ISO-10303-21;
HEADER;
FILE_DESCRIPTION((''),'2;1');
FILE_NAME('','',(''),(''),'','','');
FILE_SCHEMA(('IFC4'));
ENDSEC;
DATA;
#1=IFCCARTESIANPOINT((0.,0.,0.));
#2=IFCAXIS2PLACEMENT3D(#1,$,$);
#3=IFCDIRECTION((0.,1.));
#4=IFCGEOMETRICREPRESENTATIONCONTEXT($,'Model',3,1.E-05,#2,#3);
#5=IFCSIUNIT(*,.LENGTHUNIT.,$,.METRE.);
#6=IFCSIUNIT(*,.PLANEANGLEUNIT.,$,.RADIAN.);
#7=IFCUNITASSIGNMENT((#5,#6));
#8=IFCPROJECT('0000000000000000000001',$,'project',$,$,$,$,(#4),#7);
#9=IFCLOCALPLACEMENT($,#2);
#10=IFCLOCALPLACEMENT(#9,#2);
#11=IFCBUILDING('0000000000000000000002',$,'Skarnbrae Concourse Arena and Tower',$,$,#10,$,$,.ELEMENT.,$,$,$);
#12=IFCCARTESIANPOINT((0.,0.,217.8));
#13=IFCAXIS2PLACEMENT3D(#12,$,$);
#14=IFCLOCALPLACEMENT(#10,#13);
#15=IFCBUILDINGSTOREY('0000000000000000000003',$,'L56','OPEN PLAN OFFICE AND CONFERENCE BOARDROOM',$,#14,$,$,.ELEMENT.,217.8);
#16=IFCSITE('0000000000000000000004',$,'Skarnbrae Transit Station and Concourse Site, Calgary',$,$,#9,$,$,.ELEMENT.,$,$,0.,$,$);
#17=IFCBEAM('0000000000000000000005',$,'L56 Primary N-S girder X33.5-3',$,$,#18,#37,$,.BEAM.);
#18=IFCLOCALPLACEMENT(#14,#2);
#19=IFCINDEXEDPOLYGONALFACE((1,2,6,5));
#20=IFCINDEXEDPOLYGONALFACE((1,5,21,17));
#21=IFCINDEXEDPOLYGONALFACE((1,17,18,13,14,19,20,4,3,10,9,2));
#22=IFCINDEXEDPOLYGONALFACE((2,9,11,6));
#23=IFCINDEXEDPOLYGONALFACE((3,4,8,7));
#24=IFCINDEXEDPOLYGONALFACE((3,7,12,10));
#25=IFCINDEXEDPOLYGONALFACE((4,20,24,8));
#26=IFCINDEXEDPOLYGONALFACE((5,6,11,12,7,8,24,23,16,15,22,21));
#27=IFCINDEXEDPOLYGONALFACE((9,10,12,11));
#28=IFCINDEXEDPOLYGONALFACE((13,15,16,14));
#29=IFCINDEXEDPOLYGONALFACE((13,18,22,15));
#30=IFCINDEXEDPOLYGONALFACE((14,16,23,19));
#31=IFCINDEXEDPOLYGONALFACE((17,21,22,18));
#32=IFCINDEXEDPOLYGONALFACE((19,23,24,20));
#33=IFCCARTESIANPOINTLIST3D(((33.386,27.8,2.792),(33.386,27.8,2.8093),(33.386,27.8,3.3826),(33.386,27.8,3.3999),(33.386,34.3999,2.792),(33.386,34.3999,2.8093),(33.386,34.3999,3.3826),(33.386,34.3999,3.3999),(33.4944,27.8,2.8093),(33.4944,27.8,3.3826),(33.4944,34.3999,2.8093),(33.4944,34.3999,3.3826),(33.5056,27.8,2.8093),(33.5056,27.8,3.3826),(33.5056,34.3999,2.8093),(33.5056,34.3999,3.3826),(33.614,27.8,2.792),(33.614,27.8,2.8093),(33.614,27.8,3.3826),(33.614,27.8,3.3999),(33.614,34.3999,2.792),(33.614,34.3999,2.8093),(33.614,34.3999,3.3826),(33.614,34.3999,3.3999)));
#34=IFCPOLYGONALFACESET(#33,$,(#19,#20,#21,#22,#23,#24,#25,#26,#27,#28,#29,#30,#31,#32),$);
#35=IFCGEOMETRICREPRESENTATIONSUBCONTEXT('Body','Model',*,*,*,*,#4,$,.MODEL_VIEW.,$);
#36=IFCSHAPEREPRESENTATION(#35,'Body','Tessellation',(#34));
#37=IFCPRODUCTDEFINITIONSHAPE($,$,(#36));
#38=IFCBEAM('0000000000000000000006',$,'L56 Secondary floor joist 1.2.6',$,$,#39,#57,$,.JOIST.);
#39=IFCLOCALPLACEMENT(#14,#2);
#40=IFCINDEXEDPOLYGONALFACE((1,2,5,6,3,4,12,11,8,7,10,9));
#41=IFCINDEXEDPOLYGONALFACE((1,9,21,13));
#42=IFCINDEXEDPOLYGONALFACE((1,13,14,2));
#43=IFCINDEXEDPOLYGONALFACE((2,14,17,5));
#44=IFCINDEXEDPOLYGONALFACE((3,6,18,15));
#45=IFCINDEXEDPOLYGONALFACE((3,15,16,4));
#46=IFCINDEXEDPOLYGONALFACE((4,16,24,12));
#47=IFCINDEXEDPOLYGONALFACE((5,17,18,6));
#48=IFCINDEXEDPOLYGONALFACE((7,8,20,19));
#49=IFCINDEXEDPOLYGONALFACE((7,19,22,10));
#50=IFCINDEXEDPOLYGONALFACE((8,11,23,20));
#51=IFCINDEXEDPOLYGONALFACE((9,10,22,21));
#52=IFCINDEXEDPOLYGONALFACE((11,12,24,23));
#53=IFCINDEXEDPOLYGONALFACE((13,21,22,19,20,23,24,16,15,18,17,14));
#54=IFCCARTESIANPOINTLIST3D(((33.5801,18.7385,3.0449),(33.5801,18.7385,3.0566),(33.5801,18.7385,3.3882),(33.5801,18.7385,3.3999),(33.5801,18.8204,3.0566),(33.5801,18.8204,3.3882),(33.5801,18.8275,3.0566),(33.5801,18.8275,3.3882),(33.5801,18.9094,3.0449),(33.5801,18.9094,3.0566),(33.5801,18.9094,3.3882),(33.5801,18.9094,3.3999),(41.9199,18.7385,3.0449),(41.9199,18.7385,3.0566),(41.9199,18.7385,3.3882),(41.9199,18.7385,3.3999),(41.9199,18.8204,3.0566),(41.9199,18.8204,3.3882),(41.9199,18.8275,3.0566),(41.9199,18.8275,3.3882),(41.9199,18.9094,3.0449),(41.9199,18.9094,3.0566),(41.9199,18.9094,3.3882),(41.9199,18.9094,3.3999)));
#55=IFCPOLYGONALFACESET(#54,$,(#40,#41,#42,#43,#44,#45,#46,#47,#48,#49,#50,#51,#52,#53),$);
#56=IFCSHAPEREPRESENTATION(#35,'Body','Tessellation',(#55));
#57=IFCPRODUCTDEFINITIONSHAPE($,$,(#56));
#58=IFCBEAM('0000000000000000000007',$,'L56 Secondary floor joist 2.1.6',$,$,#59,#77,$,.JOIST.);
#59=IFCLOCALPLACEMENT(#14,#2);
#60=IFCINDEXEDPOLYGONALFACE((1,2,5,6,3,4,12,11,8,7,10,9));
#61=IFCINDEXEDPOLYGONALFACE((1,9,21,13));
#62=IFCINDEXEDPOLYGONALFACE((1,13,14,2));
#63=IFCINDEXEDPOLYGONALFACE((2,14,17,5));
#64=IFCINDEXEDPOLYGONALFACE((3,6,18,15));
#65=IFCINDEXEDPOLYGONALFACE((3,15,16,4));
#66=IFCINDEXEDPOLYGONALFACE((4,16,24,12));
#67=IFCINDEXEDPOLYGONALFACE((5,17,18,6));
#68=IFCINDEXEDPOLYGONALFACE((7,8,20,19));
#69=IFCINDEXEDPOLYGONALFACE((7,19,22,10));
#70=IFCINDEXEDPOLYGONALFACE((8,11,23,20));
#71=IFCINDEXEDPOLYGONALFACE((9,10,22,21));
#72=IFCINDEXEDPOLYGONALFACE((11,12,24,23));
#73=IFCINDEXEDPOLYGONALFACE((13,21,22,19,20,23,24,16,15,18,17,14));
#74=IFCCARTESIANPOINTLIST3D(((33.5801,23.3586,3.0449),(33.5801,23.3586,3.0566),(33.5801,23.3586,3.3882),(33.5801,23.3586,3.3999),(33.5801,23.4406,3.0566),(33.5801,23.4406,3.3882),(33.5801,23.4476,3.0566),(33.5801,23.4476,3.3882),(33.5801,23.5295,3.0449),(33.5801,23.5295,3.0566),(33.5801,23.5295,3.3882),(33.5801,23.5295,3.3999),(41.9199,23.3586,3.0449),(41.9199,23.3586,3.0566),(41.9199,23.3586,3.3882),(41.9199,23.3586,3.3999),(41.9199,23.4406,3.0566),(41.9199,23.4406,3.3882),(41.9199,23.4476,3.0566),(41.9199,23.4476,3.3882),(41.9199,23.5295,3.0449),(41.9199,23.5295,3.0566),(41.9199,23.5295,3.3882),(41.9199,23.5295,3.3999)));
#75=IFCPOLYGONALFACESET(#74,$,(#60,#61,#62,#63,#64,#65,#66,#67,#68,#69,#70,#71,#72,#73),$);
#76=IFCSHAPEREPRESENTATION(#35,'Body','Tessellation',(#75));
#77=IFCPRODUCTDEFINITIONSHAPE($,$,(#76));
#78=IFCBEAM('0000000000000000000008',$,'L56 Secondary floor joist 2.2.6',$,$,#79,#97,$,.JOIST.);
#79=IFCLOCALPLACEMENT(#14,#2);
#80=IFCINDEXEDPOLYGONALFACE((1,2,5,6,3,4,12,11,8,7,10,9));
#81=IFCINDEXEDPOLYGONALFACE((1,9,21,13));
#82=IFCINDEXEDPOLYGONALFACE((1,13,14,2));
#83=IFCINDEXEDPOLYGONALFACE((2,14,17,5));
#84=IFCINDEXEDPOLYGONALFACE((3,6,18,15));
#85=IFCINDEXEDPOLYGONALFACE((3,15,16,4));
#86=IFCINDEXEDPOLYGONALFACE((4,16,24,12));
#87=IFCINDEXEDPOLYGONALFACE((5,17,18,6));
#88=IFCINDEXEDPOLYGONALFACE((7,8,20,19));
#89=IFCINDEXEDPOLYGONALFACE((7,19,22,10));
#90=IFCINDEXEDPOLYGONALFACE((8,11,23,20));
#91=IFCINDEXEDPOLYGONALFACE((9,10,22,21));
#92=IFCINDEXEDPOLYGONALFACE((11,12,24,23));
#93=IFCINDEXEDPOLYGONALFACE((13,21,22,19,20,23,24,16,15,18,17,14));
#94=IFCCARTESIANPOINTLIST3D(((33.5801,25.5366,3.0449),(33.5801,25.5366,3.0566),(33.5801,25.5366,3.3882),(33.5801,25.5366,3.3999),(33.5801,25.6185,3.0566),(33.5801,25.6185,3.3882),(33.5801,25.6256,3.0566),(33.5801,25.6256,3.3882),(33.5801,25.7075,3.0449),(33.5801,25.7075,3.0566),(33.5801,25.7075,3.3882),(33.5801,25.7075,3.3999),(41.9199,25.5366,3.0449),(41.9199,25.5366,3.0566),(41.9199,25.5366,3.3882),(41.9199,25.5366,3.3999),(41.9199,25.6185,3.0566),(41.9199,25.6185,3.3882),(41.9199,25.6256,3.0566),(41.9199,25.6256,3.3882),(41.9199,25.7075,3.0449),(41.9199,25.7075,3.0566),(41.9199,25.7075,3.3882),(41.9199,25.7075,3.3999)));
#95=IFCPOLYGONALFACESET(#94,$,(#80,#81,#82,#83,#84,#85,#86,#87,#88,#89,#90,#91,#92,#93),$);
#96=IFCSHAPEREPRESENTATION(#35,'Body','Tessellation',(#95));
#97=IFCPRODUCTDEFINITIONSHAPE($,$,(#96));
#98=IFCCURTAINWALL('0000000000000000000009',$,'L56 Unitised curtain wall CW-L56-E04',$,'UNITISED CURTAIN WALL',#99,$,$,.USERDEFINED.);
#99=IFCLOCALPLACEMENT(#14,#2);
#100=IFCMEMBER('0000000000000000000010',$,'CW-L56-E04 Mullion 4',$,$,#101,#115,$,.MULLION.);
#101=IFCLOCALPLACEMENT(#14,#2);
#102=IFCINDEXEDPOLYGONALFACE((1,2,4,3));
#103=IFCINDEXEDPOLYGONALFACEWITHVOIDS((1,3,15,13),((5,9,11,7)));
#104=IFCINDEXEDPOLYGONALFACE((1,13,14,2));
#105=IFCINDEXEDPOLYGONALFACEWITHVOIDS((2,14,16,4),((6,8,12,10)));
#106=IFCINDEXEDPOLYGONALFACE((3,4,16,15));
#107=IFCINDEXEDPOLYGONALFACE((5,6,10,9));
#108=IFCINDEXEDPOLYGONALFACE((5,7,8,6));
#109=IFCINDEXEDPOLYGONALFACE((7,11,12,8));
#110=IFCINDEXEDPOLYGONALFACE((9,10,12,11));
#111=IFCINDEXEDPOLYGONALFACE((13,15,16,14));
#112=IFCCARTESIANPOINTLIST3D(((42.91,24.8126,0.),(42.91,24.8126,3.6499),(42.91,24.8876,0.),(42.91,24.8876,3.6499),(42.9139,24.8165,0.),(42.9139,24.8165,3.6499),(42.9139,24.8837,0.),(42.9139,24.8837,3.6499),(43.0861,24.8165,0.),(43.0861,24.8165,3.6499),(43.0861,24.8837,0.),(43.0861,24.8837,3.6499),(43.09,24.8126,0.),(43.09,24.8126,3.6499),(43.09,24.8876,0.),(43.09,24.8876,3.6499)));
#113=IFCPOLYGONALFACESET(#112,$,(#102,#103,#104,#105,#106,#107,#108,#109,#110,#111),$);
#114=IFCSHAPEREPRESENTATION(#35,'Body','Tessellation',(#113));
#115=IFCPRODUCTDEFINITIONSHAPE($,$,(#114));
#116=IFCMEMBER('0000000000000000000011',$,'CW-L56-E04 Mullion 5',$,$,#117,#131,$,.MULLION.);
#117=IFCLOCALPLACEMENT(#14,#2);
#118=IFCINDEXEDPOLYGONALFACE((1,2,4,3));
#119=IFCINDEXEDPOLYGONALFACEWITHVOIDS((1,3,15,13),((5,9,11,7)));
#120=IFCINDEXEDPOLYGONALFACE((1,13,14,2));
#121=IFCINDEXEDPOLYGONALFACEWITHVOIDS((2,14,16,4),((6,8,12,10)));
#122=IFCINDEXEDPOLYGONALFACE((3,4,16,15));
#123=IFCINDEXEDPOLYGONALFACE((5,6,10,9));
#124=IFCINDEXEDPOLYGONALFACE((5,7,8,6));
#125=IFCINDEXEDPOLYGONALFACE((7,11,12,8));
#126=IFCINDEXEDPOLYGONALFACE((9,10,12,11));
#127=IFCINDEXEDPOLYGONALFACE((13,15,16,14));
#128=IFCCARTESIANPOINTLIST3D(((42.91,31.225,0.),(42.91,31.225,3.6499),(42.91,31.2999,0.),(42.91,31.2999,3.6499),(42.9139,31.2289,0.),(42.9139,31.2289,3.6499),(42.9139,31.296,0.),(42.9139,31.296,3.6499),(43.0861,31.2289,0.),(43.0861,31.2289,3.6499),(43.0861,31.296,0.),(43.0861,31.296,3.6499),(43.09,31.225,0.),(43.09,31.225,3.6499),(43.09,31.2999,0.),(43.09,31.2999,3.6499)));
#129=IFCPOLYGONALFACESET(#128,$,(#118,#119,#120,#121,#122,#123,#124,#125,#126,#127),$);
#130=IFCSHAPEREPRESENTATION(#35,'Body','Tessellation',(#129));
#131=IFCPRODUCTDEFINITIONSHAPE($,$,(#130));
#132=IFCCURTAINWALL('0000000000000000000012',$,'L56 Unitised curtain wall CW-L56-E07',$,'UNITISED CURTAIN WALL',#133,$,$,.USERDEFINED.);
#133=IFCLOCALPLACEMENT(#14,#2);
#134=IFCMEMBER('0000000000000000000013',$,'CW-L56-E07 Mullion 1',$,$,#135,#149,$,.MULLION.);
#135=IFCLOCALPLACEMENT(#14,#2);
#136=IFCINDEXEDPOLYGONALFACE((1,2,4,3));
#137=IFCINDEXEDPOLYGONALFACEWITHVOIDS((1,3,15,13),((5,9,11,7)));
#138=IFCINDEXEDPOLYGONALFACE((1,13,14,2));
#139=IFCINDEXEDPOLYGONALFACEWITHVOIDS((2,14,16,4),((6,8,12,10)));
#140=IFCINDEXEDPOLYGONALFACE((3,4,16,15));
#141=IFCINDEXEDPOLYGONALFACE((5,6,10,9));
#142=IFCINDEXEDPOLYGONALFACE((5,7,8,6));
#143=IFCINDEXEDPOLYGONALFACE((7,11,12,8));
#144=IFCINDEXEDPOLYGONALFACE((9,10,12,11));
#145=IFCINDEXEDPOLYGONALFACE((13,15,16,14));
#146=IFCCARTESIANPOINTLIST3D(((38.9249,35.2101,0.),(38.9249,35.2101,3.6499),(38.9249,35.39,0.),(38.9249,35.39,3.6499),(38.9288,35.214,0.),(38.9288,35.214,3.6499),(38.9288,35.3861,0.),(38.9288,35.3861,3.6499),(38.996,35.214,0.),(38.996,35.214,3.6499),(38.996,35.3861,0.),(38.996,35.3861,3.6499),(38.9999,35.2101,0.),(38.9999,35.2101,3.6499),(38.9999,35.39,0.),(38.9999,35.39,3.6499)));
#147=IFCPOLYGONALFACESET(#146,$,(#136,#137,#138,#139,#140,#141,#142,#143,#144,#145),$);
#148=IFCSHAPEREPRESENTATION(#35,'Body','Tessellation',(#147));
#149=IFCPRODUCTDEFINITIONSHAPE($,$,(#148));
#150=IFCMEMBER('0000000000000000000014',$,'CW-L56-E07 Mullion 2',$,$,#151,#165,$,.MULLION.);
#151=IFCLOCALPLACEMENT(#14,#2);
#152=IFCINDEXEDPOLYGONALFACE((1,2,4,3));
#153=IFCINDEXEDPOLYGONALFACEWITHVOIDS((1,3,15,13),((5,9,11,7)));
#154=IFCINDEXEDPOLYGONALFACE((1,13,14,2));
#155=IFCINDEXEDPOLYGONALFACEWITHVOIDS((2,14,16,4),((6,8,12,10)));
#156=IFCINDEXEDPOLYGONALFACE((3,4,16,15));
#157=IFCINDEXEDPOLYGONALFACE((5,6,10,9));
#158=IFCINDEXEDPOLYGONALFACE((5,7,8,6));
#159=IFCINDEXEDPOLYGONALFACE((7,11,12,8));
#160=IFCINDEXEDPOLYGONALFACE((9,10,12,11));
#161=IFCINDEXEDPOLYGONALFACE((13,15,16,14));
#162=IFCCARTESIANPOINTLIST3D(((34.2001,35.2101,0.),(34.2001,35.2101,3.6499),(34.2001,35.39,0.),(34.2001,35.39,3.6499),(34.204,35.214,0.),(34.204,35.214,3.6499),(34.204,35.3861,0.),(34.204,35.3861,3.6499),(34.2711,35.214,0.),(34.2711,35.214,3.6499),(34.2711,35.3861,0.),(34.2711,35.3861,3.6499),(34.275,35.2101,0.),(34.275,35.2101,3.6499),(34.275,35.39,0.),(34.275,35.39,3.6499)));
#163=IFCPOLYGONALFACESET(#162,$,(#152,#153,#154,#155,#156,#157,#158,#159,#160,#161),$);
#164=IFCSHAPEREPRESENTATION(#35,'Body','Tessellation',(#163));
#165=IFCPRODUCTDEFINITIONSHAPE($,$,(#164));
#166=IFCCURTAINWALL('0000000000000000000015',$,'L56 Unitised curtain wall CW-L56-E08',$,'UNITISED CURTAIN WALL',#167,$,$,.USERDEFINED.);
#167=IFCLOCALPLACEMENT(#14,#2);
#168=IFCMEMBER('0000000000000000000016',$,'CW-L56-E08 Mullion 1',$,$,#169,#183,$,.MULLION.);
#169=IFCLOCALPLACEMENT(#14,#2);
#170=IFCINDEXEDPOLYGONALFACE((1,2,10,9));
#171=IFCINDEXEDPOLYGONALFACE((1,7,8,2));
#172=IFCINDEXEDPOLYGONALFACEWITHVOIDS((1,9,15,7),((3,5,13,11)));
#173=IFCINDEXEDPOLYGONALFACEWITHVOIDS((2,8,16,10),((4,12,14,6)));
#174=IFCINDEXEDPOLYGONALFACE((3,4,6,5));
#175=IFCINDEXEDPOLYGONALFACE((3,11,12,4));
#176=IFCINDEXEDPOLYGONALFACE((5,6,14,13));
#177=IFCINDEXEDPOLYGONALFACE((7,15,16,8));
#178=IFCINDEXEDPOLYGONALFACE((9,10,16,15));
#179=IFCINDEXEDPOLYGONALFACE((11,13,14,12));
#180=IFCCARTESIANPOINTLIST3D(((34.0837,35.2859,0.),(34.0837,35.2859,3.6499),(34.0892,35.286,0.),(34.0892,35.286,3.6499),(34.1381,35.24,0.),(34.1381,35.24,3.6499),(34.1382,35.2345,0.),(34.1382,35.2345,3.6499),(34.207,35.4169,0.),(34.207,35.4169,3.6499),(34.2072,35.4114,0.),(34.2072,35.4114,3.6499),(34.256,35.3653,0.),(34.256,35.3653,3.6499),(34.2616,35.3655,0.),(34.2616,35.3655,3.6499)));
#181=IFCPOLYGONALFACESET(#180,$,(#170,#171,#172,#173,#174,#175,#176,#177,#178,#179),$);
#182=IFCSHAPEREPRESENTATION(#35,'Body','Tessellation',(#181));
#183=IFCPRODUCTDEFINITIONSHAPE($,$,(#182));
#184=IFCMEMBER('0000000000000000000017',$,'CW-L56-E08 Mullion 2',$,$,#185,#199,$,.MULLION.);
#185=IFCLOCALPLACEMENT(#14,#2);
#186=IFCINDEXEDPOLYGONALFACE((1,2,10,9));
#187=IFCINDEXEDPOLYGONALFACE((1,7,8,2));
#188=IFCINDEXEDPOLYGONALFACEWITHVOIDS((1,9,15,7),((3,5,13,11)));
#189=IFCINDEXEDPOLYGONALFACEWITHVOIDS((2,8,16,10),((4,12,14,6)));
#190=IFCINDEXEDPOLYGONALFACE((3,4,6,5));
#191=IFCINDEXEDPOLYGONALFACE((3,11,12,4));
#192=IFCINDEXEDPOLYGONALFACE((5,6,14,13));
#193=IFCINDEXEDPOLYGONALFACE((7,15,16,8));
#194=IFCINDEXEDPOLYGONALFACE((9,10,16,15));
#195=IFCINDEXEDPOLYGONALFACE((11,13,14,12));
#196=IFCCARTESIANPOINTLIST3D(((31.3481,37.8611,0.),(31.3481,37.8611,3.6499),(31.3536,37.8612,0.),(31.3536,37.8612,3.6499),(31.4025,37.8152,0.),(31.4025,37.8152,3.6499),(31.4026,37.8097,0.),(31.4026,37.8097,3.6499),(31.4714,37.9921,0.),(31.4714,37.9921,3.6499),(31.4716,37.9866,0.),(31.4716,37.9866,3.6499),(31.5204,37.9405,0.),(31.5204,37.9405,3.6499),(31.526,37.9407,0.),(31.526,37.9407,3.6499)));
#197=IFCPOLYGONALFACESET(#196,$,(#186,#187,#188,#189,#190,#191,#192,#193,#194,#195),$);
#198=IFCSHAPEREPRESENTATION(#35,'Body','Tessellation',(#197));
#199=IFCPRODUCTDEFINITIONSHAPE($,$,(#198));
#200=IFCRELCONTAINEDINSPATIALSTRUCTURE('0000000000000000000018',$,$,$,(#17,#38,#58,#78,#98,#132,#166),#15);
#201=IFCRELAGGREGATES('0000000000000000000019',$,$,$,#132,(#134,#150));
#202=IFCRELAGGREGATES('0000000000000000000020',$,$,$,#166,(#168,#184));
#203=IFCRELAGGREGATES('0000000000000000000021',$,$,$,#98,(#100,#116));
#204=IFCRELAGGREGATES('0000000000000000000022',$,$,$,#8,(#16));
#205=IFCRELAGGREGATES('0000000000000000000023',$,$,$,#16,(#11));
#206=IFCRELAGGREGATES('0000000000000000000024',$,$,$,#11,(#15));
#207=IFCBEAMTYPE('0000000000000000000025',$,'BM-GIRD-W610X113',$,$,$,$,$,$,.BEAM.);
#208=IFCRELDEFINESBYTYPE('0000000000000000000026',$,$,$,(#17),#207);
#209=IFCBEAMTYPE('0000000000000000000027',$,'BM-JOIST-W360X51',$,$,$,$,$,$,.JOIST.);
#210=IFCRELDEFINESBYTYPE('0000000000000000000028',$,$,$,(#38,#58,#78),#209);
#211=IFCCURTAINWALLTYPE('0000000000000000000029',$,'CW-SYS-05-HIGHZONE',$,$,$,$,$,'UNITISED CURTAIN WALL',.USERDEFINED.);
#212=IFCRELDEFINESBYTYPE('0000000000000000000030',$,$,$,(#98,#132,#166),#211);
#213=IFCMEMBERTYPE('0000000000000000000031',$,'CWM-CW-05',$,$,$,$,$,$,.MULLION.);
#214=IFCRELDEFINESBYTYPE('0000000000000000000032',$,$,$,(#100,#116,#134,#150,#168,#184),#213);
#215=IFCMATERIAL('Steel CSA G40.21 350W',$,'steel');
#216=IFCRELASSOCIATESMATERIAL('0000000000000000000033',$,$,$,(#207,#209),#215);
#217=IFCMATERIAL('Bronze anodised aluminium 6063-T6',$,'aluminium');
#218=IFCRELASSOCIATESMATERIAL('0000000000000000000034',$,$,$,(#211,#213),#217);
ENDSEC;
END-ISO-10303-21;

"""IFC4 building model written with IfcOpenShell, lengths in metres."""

from ifc_helpers import new_model, si_unit, direction, frame, origin, origin_2d, place, context, subcontext, project, spatial, hollow_rectangle, i_section, extrude, source, transform, mapped, material, material_profile, profile_set, type_object, element, aggregate, save


model = new_model("IFC4")

# Units and contexts
model_context = context("Model", 3, precision=1e-05, world=origin(), true_north=direction((0.0, 1.0)))
body_context = subcontext(model_context, "Body", "Model", "MODEL_VIEW")
ifc_project = project(units=[si_unit("LENGTHUNIT", "METRE"), si_unit("PLANEANGLEUNIT", "RADIAN")], contexts=[model_context])

# Site, building, storey
site_placement = place(None, origin())
site = spatial("IfcSite", under=ifc_project, at=site_placement, Name="Skarnbrae Transit Station and Concourse Site, Calgary", CompositionType="ELEMENT", RefElevation=0.0)
building_placement = place(site_placement, origin())
building = spatial("IfcBuilding", under=site, at=building_placement, Name="Skarnbrae Concourse Arena and Tower", CompositionType="ELEMENT")
storey_placement = place(building_placement, frame((0.0, 0.0, 217.8)))
storey = spatial("IfcBuildingStorey", under=building, at=storey_placement, Name="L56", Description="OPEN PLAN OFFICE AND CONFERENCE BOARDROOM", CompositionType="ELEMENT", Elevation=217.8)

# Shared definitions
ifc_material_1 = material(Name="Steel CSA G40.21 350W", Category="steel")

# Beams
ifc_material_profile_1 = material_profile(ifc_material_1, i_section(OverallWidth=0.228, OverallDepth=0.6079, WebThickness=0.0112, FlangeThickness=0.0173, at=origin_2d()), Name="W610X113")
ifc_profile_set_1 = profile_set([ifc_material_profile_1], Name="Steel CSA G40.21 350W")
beam_type_1 = type_object("IfcBeamType", Name="BM-GIRD-W610X113", PredefinedType="BEAM", material=ifc_profile_set_1)
shared_shape_1 = source(origin(), body_context, "Body", "SweptSolid", [
    extrude(i_section(OverallWidth=0.228, OverallDepth=0.6079, WebThickness=0.0112, FlangeThickness=0.0173, at=origin_2d()), origin(), (0.0, 0.0, 1.0), 6.5999),
])
beam_1_placement = place(storey_placement, frame((33.5, 27.8, 3.0959), z_axis=(0.0, 1.0, 0.0), x_axis=(-1.0, 0.0, 0.0)))
element("IfcBeam", 1, at=beam_1_placement, inside=storey, type_object=beam_type_1, Name="L56 Primary N-S girder X33.5-3", PredefinedType="BEAM", context=body_context, shape_type="MappedRepresentation", body=[
    mapped(shared_shape_1, transform((0.0, 0.0, 0.0))),
])
ifc_material_profile_2 = material_profile(ifc_material_1, i_section(OverallWidth=0.1709, OverallDepth=0.355, WebThickness=0.0071, FlangeThickness=0.0117, at=origin_2d()), Name="W360X51")
ifc_profile_set_2 = profile_set([ifc_material_profile_2], Name="Steel CSA G40.21 350W")
beam_type_2 = type_object("IfcBeamType", Name="BM-JOIST-W360X51", PredefinedType="JOIST", material=ifc_profile_set_2)
shared_shape_2 = source(origin(), body_context, "Body", "SweptSolid", [
    extrude(i_section(OverallWidth=0.1709, OverallDepth=0.355, WebThickness=0.0071, FlangeThickness=0.0117, at=origin_2d()), origin(), (0.0, 0.0, 1.0), 8.3398),
])
for number, where, z_axis, x_axis, name in (
    (2, (33.5801, 18.824, 3.2224), (1.0, 0.0, 0.0), (0.0, 1.0, 0.0), "L56 Secondary floor joist 1.2.6"),
    (3, (33.5801, 23.4441, 3.2224), (1.0, 0.0, 0.0), (0.0, 1.0, 0.0), "L56 Secondary floor joist 2.1.6"),
    (4, (33.5801, 25.6221, 3.2224), (1.0, 0.0, 0.0), (0.0, 1.0, 0.0), "L56 Secondary floor joist 2.2.6"),
):
    element("IfcBeam", number, at=place(storey_placement, frame(where, z_axis=z_axis, x_axis=x_axis)), inside=storey, type_object=beam_type_2, Name=name, PredefinedType="JOIST", context=body_context, shape_type="MappedRepresentation", body=[
        mapped(shared_shape_2, transform((0.0, 0.0, 0.0))),
    ])

# Curtain walls, members
ifc_material_2 = material(Name="Bronze anodised aluminium 6063-T6", Category="aluminium")
curtain_wall_type = type_object("IfcCurtainWallType", Name="CW-SYS-05-HIGHZONE", ElementType="UNITISED CURTAIN WALL", PredefinedType="USERDEFINED", material=ifc_material_2)
curtain_wall_1_placement = place(storey_placement, origin())
curtain_wall_1 = element("IfcCurtainWall", 5, at=curtain_wall_1_placement, inside=storey, type_object=curtain_wall_type, Name="L56 Unitised curtain wall CW-L56-E04", ObjectType="UNITISED CURTAIN WALL", PredefinedType="USERDEFINED")
ifc_material_profile_3 = material_profile(ifc_material_2, hollow_rectangle(XDim=0.075, YDim=0.1799, WallThickness=0.0039, at=origin_2d()), Name="ALU-MULL-75X180")
ifc_profile_set_3 = profile_set([ifc_material_profile_3], Name="Bronze anodised aluminium 6063-T6")
member_type_1 = type_object("IfcMemberType", Name="CWM-CW-05", PredefinedType="MULLION", material=ifc_profile_set_3)
shared_shape_3 = source(origin(), body_context, "Body", "SweptSolid", [
    extrude(hollow_rectangle(XDim=0.075, YDim=0.1799, WallThickness=0.0039, at=origin_2d()), origin(), (0.0, 0.0, 1.0), 3.6499),
])
member_1_placement = place(storey_placement, frame((43.0, 24.8501, 0.0), z_axis=(0.0, 0.0, 1.0), x_axis=(0.0, 1.0, 0.0)))
member_1 = element("IfcMember", 6, at=member_1_placement, type_object=member_type_1, Name="CW-L56-E04 Mullion 4", PredefinedType="MULLION", context=body_context, shape_type="MappedRepresentation", body=[
    mapped(shared_shape_3, transform((0.0, 0.0, 0.0))),
])
member_2_placement = place(storey_placement, frame((43.0, 31.2625, 0.0), z_axis=(0.0, 0.0, 1.0), x_axis=(0.0, 1.0, 0.0)))
member_2 = element("IfcMember", 7, at=member_2_placement, type_object=member_type_1, Name="CW-L56-E04 Mullion 5", PredefinedType="MULLION", context=body_context, shape_type="MappedRepresentation", body=[
    mapped(shared_shape_3, transform((0.0, 0.0, 0.0))),
])
curtain_wall_2_placement = place(storey_placement, origin())
curtain_wall_2 = element("IfcCurtainWall", 8, at=curtain_wall_2_placement, inside=storey, type_object=curtain_wall_type, Name="L56 Unitised curtain wall CW-L56-E07", ObjectType="UNITISED CURTAIN WALL", PredefinedType="USERDEFINED")
member_3_placement = place(storey_placement, frame((38.9624, 35.3, 0.0), z_axis=(0.0, 0.0, 1.0), x_axis=(-1.0, 0.0, 0.0)))
member_3 = element("IfcMember", 9, at=member_3_placement, type_object=member_type_1, Name="CW-L56-E07 Mullion 1", PredefinedType="MULLION", context=body_context, shape_type="MappedRepresentation", body=[
    mapped(shared_shape_3, transform((0.0, 0.0, 0.0))),
])
member_4_placement = place(storey_placement, frame((34.2375, 35.3, 0.0), z_axis=(0.0, 0.0, 1.0), x_axis=(-1.0, 0.0, 0.0)))
member_4 = element("IfcMember", 10, at=member_4_placement, type_object=member_type_1, Name="CW-L56-E07 Mullion 2", PredefinedType="MULLION", context=body_context, shape_type="MappedRepresentation", body=[
    mapped(shared_shape_3, transform((0.0, 0.0, 0.0))),
])
curtain_wall_3_placement = place(storey_placement, origin())
curtain_wall_3 = element("IfcCurtainWall", 11, at=curtain_wall_3_placement, inside=storey, type_object=curtain_wall_type, Name="L56 Unitised curtain wall CW-L56-E08", ObjectType="UNITISED CURTAIN WALL", PredefinedType="USERDEFINED")
member_5_placement = place(storey_placement, frame((34.1726, 35.3257, 0.0), z_axis=(0.0, 0.0, 1.0), x_axis=(-0.728131, 0.685438, 0.0)))
member_5 = element("IfcMember", 12, at=member_5_placement, type_object=member_type_1, Name="CW-L56-E08 Mullion 1", PredefinedType="MULLION", context=body_context, shape_type="MappedRepresentation", body=[
    mapped(shared_shape_3, transform((0.0, 0.0, 0.0))),
])
member_6_placement = place(storey_placement, frame((31.437, 37.9009, 0.0), z_axis=(0.0, 0.0, 1.0), x_axis=(-0.728131, 0.685438, 0.0)))
member_6 = element("IfcMember", 13, at=member_6_placement, type_object=member_type_1, Name="CW-L56-E08 Mullion 2", PredefinedType="MULLION", context=body_context, shape_type="MappedRepresentation", body=[
    mapped(shared_shape_3, transform((0.0, 0.0, 0.0))),
])

aggregate(curtain_wall_2, [member_3, member_4])
aggregate(curtain_wall_3, [member_5, member_6])
aggregate(curtain_wall_1, [member_1, member_2])

save(model, "model.ifc")
